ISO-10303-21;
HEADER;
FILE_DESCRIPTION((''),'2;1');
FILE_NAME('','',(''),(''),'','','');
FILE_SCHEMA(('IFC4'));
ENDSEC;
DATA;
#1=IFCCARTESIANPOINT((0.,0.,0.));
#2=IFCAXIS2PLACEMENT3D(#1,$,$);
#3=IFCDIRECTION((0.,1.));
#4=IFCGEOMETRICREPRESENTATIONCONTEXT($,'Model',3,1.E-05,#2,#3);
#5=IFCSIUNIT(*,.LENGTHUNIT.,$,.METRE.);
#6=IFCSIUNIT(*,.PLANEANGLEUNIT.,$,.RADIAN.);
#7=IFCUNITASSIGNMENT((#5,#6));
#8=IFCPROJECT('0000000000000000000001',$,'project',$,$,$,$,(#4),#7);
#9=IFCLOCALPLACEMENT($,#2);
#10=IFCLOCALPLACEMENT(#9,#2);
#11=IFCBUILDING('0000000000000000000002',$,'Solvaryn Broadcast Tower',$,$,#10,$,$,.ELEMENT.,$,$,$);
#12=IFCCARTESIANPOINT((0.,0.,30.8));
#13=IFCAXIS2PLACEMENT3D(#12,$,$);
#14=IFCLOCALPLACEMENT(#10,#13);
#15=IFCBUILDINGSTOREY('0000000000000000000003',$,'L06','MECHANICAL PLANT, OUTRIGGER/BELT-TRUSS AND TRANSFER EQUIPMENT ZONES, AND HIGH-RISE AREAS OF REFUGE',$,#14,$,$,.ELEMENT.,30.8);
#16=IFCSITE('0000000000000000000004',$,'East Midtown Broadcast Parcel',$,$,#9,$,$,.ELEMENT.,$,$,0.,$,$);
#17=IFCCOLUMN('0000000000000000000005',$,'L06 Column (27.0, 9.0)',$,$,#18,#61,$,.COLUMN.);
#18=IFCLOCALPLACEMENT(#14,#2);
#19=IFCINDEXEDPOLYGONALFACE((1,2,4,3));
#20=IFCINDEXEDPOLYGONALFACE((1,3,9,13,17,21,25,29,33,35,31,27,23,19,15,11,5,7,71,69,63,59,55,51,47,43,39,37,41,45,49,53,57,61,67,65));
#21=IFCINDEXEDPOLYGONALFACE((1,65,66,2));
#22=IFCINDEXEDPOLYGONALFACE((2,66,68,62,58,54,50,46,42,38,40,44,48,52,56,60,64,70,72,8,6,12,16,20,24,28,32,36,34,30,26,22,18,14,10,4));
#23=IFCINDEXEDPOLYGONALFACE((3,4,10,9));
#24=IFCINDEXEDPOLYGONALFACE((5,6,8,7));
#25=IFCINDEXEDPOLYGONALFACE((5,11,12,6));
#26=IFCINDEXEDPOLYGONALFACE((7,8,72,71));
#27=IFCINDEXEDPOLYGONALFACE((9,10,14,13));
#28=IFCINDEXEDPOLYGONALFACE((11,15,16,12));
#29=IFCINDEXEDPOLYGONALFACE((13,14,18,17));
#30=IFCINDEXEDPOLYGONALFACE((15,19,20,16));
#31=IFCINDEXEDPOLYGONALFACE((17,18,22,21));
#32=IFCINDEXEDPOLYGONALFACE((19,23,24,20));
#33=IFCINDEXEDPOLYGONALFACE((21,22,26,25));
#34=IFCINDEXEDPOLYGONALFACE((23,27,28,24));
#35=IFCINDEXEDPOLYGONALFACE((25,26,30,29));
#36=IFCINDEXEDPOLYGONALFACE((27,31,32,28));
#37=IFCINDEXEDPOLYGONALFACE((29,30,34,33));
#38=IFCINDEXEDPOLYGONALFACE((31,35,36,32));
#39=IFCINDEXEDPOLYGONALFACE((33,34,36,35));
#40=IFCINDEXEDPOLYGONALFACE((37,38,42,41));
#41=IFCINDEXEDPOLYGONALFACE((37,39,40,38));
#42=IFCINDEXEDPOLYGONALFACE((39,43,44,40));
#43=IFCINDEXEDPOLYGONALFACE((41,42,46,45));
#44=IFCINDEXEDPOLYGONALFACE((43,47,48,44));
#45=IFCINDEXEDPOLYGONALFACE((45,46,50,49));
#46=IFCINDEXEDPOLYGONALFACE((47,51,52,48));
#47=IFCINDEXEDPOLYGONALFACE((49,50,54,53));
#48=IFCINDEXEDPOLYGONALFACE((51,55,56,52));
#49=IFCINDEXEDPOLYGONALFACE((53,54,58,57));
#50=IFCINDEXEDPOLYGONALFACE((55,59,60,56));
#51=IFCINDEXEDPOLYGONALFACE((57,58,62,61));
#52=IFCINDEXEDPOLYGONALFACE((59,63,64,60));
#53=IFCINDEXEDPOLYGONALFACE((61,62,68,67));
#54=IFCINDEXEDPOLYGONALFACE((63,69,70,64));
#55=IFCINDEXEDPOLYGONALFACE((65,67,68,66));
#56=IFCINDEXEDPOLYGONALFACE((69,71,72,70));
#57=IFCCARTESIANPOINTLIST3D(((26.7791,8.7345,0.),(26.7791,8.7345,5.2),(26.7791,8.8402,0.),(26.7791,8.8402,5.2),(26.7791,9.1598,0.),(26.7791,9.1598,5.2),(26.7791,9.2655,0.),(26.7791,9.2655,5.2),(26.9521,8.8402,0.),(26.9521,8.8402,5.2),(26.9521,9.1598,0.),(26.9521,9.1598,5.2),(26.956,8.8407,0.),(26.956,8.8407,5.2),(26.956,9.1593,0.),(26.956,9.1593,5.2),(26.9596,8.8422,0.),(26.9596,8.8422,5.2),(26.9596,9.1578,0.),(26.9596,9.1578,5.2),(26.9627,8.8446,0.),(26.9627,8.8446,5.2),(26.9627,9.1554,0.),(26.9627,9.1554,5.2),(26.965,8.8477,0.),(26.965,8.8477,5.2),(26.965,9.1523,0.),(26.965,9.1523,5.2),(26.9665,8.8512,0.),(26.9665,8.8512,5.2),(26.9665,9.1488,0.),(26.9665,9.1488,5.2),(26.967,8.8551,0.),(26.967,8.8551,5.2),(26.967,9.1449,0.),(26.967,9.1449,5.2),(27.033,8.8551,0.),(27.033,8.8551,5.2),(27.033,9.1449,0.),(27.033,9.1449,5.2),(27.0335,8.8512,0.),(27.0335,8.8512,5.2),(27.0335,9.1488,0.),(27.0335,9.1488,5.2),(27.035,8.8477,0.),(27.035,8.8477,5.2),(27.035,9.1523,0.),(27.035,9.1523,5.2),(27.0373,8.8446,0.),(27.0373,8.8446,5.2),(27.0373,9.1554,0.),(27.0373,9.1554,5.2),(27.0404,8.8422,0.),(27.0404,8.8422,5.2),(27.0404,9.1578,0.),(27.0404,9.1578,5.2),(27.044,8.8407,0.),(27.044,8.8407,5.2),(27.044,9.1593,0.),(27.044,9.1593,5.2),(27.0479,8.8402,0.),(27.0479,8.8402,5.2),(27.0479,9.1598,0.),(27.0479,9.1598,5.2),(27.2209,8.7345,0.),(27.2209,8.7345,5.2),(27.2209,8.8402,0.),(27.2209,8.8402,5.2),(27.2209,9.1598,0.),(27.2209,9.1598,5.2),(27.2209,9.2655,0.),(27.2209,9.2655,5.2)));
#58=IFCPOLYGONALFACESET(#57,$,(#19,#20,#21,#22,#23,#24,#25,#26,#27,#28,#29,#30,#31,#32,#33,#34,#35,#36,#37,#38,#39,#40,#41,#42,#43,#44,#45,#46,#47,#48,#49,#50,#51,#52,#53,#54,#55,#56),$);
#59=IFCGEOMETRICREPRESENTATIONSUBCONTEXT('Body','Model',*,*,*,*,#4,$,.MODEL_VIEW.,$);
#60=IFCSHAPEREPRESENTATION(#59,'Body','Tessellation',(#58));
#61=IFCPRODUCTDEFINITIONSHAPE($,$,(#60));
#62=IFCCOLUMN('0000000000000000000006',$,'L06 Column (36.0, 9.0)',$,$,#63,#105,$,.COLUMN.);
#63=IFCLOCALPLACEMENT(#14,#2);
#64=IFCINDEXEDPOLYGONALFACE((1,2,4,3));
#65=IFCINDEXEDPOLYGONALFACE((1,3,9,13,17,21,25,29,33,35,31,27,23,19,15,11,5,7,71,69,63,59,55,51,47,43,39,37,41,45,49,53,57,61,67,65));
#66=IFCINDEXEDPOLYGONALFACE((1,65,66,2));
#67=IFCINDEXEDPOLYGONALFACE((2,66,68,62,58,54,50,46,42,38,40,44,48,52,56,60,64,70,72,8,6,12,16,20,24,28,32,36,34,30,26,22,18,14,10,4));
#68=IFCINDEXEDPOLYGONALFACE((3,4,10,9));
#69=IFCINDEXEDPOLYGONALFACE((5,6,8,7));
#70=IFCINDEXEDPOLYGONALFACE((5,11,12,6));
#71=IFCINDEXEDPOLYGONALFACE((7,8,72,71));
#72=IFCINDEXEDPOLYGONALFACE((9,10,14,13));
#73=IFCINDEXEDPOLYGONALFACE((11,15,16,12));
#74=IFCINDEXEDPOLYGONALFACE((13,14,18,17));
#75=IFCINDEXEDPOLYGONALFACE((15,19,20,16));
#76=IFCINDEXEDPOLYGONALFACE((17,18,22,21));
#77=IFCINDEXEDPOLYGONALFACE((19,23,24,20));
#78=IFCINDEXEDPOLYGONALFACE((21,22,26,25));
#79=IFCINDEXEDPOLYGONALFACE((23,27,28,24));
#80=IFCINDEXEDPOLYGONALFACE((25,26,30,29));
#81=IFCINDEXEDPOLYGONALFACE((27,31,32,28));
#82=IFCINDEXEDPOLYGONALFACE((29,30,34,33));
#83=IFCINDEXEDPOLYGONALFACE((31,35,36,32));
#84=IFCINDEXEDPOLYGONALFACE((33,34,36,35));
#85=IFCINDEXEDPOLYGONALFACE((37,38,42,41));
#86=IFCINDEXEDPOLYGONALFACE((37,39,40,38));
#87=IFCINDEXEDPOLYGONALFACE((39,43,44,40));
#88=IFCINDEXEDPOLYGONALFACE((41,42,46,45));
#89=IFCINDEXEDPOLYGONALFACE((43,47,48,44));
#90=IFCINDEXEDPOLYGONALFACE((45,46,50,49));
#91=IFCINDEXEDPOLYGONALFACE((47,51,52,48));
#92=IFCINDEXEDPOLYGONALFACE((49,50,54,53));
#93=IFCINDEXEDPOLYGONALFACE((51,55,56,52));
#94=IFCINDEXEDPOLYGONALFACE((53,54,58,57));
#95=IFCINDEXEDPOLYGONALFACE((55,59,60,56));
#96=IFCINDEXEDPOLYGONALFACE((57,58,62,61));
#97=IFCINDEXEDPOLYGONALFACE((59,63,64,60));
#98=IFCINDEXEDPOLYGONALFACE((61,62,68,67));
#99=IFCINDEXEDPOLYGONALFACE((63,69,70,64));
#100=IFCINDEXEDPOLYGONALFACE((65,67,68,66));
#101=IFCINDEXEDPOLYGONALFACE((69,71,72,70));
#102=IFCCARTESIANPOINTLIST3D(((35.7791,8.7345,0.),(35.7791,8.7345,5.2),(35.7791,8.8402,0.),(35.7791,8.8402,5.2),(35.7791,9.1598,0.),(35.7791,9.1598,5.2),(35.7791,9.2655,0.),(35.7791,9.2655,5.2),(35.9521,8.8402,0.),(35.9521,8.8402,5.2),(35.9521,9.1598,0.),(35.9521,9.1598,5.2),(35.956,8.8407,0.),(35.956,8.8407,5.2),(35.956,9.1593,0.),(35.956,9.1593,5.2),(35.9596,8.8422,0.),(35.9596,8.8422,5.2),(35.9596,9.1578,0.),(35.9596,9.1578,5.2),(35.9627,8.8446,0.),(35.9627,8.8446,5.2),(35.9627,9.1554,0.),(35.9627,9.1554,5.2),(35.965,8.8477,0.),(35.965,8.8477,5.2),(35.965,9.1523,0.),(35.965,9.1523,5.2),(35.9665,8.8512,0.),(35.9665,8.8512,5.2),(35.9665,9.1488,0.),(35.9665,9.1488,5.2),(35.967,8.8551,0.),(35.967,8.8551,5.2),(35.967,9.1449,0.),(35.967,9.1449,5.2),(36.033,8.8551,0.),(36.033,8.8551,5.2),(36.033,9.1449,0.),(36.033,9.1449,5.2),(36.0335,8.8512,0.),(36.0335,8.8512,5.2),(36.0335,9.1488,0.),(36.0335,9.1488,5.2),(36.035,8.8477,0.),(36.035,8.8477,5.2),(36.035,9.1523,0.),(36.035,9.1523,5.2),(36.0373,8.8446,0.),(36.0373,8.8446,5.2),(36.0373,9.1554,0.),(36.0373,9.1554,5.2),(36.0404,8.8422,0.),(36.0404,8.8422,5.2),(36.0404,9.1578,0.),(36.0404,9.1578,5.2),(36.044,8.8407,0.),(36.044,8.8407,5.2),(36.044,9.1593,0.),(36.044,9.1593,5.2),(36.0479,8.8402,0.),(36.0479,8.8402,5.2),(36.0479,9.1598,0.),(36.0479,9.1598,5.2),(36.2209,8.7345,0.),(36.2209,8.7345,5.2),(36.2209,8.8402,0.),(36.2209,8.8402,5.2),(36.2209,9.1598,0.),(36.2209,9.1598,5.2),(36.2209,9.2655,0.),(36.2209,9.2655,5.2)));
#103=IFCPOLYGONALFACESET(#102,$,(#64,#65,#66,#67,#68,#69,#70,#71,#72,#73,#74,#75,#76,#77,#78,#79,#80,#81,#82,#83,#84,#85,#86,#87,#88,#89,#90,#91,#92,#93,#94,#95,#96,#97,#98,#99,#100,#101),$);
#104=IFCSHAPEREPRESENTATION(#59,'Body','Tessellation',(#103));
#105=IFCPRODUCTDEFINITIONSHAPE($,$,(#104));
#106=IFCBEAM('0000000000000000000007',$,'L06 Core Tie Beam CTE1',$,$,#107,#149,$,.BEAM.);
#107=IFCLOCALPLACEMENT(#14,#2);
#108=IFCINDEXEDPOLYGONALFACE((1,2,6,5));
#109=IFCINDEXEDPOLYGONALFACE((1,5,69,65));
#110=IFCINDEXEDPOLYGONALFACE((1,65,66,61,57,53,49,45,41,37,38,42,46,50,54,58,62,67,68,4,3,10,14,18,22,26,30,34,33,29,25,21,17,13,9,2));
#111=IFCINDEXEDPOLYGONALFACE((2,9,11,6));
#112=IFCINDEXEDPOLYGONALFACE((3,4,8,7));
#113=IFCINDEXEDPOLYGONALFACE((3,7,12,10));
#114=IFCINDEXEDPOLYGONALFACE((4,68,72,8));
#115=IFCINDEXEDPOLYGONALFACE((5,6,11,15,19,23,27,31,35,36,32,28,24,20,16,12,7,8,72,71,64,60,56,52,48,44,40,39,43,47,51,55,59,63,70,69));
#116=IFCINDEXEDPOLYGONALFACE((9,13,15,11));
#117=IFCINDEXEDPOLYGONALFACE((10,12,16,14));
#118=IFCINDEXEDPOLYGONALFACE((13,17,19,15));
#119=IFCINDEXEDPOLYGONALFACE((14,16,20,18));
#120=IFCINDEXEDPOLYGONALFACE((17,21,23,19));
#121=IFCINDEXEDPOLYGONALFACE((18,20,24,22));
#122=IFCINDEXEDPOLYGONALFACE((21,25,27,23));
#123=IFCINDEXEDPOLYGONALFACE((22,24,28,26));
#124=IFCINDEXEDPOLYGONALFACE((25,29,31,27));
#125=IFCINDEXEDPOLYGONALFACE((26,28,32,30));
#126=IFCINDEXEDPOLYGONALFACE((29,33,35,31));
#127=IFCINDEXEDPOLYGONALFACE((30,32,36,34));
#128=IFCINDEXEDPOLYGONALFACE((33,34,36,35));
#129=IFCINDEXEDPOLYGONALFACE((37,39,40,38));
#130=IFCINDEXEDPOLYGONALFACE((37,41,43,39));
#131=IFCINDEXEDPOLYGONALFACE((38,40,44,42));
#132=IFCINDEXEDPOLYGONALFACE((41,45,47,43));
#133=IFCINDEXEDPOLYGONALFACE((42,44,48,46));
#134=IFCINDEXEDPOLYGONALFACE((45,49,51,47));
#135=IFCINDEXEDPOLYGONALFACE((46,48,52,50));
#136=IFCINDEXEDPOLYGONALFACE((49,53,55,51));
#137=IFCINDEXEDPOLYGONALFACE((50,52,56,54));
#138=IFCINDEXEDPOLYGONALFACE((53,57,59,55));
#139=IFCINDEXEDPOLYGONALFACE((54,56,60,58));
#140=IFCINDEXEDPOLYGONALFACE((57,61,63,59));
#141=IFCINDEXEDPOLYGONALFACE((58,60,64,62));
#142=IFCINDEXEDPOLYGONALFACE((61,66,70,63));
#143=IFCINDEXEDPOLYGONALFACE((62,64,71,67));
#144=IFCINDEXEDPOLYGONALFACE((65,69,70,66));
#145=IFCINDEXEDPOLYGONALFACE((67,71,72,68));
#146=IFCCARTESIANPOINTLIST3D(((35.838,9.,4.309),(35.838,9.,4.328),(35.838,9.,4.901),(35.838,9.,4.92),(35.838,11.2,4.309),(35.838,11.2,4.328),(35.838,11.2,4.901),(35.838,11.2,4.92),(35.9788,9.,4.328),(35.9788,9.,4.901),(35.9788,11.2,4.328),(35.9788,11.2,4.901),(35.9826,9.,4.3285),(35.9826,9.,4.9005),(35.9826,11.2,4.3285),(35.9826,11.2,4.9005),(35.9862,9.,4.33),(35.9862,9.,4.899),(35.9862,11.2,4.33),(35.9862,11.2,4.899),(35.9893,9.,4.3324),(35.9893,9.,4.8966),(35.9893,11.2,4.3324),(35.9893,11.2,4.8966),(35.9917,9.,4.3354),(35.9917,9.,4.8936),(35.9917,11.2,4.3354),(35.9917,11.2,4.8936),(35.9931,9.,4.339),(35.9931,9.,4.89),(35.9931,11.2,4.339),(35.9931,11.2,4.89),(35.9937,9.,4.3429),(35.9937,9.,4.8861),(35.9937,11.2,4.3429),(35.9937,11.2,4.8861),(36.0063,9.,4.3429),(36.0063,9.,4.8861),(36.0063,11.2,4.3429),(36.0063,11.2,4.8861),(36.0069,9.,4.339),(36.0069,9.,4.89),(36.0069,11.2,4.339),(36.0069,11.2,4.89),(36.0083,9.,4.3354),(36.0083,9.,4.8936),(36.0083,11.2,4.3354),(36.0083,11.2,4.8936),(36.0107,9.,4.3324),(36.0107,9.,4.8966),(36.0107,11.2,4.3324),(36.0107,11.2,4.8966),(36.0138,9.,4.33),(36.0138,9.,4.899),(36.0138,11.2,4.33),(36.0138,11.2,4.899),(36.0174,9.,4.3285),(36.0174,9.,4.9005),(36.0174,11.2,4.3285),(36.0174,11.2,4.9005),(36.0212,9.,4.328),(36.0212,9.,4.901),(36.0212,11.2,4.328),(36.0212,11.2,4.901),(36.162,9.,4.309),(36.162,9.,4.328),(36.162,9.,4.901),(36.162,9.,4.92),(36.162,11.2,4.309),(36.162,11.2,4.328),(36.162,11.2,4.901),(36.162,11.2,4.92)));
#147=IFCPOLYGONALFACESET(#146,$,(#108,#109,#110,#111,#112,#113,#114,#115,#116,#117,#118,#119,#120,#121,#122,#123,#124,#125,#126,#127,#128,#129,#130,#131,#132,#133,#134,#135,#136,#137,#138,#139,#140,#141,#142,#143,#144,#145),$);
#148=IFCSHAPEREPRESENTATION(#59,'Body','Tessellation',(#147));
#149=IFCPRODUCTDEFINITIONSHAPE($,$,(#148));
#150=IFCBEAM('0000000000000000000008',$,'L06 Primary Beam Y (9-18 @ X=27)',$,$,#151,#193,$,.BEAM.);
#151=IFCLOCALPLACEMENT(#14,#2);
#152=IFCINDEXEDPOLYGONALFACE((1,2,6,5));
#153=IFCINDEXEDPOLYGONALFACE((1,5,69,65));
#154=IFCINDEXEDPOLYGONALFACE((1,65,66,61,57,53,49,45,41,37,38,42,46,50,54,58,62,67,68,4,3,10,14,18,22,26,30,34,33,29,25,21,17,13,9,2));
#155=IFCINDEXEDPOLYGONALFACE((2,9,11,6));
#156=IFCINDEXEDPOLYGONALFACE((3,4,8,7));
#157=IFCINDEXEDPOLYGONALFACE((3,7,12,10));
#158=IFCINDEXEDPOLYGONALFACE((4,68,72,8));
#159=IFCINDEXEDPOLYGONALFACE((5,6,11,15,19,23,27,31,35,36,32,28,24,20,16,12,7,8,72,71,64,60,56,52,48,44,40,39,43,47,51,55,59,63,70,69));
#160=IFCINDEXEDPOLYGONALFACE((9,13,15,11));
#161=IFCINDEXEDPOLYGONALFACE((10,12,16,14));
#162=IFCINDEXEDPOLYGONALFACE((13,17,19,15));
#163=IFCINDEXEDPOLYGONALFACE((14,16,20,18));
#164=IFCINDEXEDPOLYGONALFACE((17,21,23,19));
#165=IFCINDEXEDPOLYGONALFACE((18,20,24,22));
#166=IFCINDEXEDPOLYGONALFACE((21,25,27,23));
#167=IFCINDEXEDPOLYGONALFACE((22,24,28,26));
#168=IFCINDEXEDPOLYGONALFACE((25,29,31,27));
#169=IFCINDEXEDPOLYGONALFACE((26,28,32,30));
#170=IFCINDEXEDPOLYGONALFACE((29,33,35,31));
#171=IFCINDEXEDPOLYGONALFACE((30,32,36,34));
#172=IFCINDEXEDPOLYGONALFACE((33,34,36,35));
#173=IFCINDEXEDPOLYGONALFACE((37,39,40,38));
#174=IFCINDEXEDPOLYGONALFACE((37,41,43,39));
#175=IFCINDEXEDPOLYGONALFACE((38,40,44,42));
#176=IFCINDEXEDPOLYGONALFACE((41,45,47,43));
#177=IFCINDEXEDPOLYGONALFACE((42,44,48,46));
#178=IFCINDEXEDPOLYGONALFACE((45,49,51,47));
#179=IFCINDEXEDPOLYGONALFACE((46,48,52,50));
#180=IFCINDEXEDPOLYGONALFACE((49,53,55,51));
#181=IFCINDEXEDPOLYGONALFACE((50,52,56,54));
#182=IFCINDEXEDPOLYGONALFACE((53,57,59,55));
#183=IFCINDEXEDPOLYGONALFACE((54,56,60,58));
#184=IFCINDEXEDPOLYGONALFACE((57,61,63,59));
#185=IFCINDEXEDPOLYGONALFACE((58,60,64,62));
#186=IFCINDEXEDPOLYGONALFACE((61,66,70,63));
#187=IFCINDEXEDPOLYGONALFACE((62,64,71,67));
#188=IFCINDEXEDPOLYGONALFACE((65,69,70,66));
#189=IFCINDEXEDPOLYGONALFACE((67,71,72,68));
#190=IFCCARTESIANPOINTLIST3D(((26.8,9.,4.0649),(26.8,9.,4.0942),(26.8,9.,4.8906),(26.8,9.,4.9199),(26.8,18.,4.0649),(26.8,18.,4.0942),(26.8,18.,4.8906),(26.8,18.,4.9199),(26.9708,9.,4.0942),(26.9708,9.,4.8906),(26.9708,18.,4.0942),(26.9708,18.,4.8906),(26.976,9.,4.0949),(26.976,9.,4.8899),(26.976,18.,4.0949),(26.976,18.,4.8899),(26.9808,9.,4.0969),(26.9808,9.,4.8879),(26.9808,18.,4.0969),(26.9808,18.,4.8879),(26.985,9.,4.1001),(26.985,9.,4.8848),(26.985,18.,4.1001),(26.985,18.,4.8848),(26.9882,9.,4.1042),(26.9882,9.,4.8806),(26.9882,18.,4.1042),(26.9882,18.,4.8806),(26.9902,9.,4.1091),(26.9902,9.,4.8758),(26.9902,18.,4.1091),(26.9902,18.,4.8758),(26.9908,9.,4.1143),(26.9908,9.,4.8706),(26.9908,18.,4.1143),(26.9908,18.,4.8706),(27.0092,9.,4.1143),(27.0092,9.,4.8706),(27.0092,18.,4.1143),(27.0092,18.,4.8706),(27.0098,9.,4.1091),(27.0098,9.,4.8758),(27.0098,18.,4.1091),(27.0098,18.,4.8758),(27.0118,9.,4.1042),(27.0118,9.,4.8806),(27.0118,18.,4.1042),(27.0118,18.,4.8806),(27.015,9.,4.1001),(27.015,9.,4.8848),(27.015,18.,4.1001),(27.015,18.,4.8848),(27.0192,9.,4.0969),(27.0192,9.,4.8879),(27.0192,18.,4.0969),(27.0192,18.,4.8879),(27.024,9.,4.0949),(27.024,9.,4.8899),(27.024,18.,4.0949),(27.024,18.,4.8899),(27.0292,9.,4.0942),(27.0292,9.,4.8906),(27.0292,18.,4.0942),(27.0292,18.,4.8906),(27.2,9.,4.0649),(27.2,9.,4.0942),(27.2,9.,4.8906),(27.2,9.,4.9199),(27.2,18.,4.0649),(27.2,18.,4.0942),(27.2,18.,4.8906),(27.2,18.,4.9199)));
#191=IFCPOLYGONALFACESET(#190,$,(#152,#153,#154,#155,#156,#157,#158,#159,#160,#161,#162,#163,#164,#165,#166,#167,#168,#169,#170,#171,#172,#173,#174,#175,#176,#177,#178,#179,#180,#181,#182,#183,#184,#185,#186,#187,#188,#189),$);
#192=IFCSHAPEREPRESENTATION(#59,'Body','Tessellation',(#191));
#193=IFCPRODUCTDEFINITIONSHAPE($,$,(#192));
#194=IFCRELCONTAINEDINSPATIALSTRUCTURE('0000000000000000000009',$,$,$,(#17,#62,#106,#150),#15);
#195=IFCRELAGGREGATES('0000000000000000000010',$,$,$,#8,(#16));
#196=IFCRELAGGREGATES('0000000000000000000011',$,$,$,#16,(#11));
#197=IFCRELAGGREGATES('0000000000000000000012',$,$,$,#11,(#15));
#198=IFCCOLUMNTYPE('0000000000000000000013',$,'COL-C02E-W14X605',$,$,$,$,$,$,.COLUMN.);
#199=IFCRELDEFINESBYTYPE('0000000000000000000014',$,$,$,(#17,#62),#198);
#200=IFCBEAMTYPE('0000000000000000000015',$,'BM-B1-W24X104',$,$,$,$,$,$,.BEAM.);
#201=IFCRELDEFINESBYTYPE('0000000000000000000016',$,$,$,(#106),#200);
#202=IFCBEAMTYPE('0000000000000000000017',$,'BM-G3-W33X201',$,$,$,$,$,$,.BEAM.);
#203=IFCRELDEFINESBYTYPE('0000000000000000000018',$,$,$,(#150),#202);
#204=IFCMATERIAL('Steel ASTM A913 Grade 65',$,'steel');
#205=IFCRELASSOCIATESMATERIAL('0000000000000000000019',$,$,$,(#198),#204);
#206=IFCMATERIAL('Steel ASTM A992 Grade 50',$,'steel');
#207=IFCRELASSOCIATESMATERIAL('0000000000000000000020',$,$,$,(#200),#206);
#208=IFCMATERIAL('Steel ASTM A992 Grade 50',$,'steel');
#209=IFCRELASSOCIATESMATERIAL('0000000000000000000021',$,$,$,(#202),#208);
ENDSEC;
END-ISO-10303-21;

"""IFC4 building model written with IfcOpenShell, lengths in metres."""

from ifc_helpers import new_model, si_unit, direction, frame, origin, origin_2d, place, context, subcontext, project, spatial, i_section, extrude, material, material_profile, profile_set, type_object, element, save


model = new_model("IFC4")

# Units and contexts
model_context = context("Model", 3, precision=1e-05, world=origin(), true_north=direction((0.0, 1.0)))
body_context = subcontext(model_context, "Body", "Model", "MODEL_VIEW")
ifc_project = project(units=[si_unit("LENGTHUNIT", "METRE"), si_unit("PLANEANGLEUNIT", "RADIAN")], contexts=[model_context])

# Site, building, storey
site_placement = place(None, origin())
site = spatial("IfcSite", under=ifc_project, at=site_placement, Name="East Midtown Broadcast Parcel", CompositionType="ELEMENT", RefElevation=0.0)
building_placement = place(site_placement, origin())
building = spatial("IfcBuilding", under=site, at=building_placement, Name="Solvaryn Broadcast Tower", CompositionType="ELEMENT")
storey_placement = place(building_placement, frame((0.0, 0.0, 30.8)))
storey = spatial("IfcBuildingStorey", under=building, at=storey_placement, Name="L06", Description="MECHANICAL PLANT, OUTRIGGER/BELT-TRUSS AND TRANSFER EQUIPMENT ZONES, AND HIGH-RISE AREAS OF REFUGE", CompositionType="ELEMENT", Elevation=30.8)

# Columns
ifc_material_1 = material(Name="Steel ASTM A913 Grade 65", Category="steel")
ifc_material_profile_1 = material_profile(ifc_material_1, i_section(OverallWidth=0.4419, OverallDepth=0.531, WebThickness=0.0659, FlangeThickness=0.1057, FilletRadius=0.0149, at=origin_2d()))
ifc_profile_set_1 = profile_set([ifc_material_profile_1], Name="Steel ASTM A913 Grade 65")
column_type = type_object("IfcColumnType", Name="COL-C02E-W14X605", PredefinedType="COLUMN", material=ifc_profile_set_1)
for number, where, z_axis, x_axis, name in (
    (1, (27.0, 9.0, 0.0), (0.0, 0.0, 1.0), (1.0, 0.0, 0.0), "L06 Column (27.0, 9.0)"),
    (2, (36.0, 9.0, 0.0), (0.0, 0.0, 1.0), (1.0, 0.0, 0.0), "L06 Column (36.0, 9.0)"),
):
    element("IfcColumn", number, at=place(storey_placement, frame(where, z_axis=z_axis, x_axis=x_axis)), inside=storey, type_object=column_type, Name=name, PredefinedType="COLUMN", context=body_context, shape_type="SweptSolid", body=[
        extrude(i_section(OverallWidth=0.4419, OverallDepth=0.531, WebThickness=0.0659, FlangeThickness=0.1057, FilletRadius=0.0149, at=origin_2d()), origin(), (0.0, 0.0, 1.0), 5.2),
    ])

# Beams
ifc_material_2 = material(Name="Steel ASTM A992 Grade 50", Category="steel")
ifc_material_profile_2 = material_profile(ifc_material_2, i_section(OverallWidth=0.324, OverallDepth=0.6111, WebThickness=0.0127, FlangeThickness=0.019, FilletRadius=0.0149, at=origin_2d()))
ifc_profile_set_2 = profile_set([ifc_material_profile_2], Name="Steel ASTM A992 Grade 50")
beam_type_1 = type_object("IfcBeamType", Name="BM-B1-W24X104", PredefinedType="BEAM", material=ifc_profile_set_2)
beam_1_placement = place(storey_placement, frame((36.0, 9.0, 4.6145), z_axis=(0.0, 1.0, 0.0), x_axis=(-1.0, 0.0, 0.0)))
element("IfcBeam", 3, at=beam_1_placement, inside=storey, type_object=beam_type_1, Name="L06 Core Tie Beam CTE1", PredefinedType="BEAM", context=body_context, shape_type="SweptSolid", body=[
    extrude(i_section(OverallWidth=0.324, OverallDepth=0.6111, WebThickness=0.0127, FlangeThickness=0.019, FilletRadius=0.0149, at=origin_2d()), origin(), (0.0, 0.0, 1.0), 2.2),
])
ifc_material_3 = material(Name="Steel ASTM A992 Grade 50", Category="steel")
ifc_material_profile_3 = material_profile(ifc_material_3, i_section(OverallWidth=0.3999, OverallDepth=0.855, WebThickness=0.0183, FlangeThickness=0.0293, FilletRadius=0.02, at=origin_2d()))
ifc_profile_set_3 = profile_set([ifc_material_profile_3], Name="Steel ASTM A992 Grade 50")
beam_type_2 = type_object("IfcBeamType", Name="BM-G3-W33X201", PredefinedType="BEAM", material=ifc_profile_set_3)
beam_2_placement = place(storey_placement, frame((27.0, 9.0, 4.4924), z_axis=(0.0, 1.0, 0.0), x_axis=(-1.0, 0.0, 0.0)))
element("IfcBeam", 4, at=beam_2_placement, inside=storey, type_object=beam_type_2, Name="L06 Primary Beam Y (9-18 @ X=27)", PredefinedType="BEAM", context=body_context, shape_type="SweptSolid", body=[
    extrude(i_section(OverallWidth=0.3999, OverallDepth=0.855, WebThickness=0.0183, FlangeThickness=0.0293, FilletRadius=0.02, at=origin_2d()), origin(), (0.0, 0.0, 1.0), 9.0),
])

save(model, "model.ifc")
